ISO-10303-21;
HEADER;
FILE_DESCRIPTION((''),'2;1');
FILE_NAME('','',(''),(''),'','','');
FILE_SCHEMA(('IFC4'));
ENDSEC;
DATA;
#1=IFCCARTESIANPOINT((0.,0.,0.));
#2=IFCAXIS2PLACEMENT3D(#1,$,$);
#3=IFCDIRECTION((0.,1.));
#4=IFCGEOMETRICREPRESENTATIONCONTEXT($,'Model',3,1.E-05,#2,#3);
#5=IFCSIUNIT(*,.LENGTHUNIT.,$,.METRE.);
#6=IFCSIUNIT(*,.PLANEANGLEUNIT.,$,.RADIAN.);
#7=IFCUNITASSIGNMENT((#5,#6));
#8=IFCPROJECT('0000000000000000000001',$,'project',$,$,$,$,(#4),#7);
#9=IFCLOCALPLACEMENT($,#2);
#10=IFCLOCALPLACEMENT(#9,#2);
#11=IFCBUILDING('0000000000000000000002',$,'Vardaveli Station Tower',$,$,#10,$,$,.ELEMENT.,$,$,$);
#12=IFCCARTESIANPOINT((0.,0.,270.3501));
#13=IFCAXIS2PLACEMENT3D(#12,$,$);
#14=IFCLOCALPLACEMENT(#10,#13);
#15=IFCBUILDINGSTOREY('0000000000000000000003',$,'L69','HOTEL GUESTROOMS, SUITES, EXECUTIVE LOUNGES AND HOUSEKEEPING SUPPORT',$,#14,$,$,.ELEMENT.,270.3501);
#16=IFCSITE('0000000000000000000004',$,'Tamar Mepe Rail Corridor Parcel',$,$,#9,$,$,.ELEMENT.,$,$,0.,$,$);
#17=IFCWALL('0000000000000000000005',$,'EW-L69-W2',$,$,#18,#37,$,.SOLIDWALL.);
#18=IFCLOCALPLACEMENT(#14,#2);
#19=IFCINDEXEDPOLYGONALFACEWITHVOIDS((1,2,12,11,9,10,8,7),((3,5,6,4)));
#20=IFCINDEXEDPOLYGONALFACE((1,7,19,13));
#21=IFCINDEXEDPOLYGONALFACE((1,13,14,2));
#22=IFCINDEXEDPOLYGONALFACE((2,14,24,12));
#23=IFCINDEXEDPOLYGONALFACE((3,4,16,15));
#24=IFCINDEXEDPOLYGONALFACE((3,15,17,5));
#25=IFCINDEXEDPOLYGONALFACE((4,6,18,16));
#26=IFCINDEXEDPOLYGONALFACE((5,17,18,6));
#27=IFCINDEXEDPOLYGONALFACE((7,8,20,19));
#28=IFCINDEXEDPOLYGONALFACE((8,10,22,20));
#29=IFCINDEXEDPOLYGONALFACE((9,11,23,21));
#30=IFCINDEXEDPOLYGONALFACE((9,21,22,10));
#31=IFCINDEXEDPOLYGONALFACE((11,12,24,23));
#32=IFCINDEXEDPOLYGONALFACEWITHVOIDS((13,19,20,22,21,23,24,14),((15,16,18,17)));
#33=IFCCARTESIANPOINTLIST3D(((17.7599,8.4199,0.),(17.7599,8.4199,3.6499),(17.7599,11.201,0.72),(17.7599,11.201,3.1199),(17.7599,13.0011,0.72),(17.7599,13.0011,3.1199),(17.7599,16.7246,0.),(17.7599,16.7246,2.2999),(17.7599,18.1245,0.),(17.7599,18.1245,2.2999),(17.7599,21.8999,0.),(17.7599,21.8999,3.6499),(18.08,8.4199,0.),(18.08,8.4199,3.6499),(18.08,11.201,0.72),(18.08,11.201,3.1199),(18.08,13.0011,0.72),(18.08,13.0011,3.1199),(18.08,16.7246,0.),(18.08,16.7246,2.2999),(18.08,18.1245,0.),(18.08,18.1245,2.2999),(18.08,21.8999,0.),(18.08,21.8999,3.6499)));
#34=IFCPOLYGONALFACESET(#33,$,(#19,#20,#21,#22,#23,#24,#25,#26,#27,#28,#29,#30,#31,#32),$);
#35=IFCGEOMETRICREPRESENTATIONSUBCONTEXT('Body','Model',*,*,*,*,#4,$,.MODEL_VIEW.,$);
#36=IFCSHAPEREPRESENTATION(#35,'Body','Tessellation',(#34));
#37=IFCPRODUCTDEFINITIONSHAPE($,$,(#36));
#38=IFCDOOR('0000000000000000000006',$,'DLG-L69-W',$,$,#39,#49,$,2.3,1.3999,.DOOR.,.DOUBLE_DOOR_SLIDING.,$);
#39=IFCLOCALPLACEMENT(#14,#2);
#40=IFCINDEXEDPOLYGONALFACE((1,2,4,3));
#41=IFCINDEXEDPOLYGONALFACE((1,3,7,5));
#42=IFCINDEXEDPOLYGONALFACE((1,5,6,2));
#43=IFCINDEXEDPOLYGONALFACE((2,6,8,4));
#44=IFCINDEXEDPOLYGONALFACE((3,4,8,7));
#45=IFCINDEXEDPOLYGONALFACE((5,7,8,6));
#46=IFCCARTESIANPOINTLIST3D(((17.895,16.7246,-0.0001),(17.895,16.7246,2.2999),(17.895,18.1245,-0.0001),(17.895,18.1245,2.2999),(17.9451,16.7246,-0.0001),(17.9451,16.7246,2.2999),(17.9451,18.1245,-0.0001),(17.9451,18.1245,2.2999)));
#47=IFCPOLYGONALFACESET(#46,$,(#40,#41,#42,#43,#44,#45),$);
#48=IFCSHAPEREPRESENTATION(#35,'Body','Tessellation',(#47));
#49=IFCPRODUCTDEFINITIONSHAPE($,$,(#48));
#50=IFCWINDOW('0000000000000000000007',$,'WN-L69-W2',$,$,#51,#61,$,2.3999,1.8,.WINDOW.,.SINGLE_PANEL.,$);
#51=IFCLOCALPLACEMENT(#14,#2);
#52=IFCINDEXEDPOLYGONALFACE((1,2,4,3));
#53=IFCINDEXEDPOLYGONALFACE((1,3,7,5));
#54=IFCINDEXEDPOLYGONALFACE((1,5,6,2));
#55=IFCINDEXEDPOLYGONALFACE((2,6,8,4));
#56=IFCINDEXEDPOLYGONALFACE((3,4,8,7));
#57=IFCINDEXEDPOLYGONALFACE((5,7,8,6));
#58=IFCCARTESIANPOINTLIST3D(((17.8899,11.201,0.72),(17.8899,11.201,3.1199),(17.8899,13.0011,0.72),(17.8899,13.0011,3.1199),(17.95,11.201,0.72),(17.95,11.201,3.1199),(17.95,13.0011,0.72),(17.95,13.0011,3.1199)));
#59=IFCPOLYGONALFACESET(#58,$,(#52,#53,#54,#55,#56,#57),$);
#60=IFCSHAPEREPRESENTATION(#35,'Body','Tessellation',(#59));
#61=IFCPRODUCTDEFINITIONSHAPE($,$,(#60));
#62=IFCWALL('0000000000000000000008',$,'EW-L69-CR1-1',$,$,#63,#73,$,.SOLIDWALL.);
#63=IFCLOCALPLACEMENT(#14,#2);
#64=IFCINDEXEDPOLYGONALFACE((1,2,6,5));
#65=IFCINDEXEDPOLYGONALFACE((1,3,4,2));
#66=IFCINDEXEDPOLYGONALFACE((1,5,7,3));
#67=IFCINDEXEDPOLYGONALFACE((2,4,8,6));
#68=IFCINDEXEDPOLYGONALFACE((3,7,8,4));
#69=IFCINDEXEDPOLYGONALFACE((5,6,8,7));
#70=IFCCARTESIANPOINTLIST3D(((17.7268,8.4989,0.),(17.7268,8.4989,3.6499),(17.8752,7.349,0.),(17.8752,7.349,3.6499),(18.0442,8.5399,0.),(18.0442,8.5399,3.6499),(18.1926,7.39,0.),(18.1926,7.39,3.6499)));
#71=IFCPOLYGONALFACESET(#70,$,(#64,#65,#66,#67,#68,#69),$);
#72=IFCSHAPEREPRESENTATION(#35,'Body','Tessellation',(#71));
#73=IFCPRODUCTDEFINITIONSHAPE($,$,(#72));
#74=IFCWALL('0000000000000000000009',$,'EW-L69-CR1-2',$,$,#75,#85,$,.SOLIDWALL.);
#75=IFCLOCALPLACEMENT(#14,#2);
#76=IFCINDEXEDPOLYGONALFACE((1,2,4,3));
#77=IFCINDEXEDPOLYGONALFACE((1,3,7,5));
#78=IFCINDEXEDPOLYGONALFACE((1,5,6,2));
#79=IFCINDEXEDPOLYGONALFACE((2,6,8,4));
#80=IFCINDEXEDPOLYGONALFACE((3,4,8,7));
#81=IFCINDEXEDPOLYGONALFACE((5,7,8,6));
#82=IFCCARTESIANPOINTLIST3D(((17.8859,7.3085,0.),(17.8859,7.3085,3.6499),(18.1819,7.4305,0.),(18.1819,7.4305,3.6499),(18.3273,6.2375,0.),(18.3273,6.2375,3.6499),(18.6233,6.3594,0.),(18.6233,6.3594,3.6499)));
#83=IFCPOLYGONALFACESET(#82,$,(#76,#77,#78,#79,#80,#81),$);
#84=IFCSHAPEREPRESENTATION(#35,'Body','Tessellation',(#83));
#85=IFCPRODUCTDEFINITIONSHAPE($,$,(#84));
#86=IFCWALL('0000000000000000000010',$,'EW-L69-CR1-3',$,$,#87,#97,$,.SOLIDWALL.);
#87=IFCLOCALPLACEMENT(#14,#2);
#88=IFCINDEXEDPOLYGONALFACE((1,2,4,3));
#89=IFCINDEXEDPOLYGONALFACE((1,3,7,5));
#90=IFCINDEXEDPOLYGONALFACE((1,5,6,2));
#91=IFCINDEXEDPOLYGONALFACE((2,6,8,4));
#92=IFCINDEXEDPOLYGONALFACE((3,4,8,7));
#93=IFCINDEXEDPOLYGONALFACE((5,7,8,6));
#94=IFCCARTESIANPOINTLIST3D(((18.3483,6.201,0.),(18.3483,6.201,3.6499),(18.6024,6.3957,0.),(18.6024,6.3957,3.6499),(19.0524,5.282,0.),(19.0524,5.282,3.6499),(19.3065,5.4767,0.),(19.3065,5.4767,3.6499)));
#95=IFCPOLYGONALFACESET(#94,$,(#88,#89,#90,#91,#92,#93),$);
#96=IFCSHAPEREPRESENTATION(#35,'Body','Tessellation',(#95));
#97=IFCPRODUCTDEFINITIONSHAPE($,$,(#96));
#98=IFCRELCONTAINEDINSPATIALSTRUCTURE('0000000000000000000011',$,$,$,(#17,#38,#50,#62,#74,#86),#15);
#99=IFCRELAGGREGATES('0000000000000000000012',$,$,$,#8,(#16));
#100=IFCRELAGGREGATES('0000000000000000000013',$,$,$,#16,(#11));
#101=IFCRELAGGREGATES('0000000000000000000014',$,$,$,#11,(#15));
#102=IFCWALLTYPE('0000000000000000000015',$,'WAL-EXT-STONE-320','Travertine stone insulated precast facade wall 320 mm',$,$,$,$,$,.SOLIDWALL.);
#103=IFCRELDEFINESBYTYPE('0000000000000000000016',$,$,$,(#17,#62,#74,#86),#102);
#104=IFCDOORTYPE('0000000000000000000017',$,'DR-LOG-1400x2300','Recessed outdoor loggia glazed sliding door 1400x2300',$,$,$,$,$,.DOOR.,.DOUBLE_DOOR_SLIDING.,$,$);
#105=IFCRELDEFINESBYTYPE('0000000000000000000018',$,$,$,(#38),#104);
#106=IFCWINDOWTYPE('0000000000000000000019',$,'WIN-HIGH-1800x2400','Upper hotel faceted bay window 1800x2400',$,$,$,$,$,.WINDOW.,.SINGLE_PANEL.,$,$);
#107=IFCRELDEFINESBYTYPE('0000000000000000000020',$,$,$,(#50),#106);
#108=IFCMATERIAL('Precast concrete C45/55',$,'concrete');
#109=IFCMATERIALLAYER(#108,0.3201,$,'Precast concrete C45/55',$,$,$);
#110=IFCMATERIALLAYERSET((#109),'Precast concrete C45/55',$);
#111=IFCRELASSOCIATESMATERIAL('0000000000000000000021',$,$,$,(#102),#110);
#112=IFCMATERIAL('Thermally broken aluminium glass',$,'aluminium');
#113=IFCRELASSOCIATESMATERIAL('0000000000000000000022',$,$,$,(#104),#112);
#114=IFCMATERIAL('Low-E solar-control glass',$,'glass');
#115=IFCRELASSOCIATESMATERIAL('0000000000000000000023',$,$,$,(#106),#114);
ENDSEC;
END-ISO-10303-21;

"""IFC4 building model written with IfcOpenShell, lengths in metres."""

from ifc_helpers import new_model, si_unit, direction, frame, frame_2d, origin, place, context, subcontext, project, spatial, rectangle, extrude, source, transform, mapped, material, layer, layer_set, type_object, element, fill, save


model = new_model("IFC4")

# Units and contexts
model_context = context("Model", 3, precision=1e-05, world=origin(), true_north=direction((0.0, 1.0)))
body_context = subcontext(model_context, "Body", "Model", "MODEL_VIEW")
ifc_project = project(units=[si_unit("LENGTHUNIT", "METRE"), si_unit("PLANEANGLEUNIT", "RADIAN")], contexts=[model_context])

# Site, building, storey
site_placement = place(None, origin())
site = spatial("IfcSite", under=ifc_project, at=site_placement, Name="Tamar Mepe Rail Corridor Parcel", CompositionType="ELEMENT", RefElevation=0.0)
building_placement = place(site_placement, origin())
building = spatial("IfcBuilding", under=site, at=building_placement, Name="Vardaveli Station Tower", CompositionType="ELEMENT")
storey_placement = place(building_placement, frame((0.0, 0.0, 270.3501)))
storey = spatial("IfcBuildingStorey", under=building, at=storey_placement, Name="L69", Description="HOTEL GUESTROOMS, SUITES, EXECUTIVE LOUNGES AND HOUSEKEEPING SUPPORT", CompositionType="ELEMENT", Elevation=270.3501)

# Shared definitions
ifc_material_1 = material(Name="Precast concrete C45/55", Category="concrete")

# Wall, openings, door, window
ifc_layer_1 = layer(ifc_material_1, 0.3201, Name="Precast concrete C45/55")
ifc_layer_set_1 = layer_set([ifc_layer_1], Name="Precast concrete C45/55")
wall_type_1 = type_object("IfcWallType", Name="WAL-EXT-STONE-320", Description="Travertine stone insulated precast facade wall 320 mm", PredefinedType="SOLIDWALL", material=ifc_layer_set_1)
shared_shape_1 = source(origin(), body_context, "Body", "SweptSolid", [
    extrude(rectangle(XDim=13.48, YDim=0.3201, at=frame_2d((6.74, 0.0))), origin(), (0.0, 0.0, 1.0), 3.6499),
])
wall_1_placement = place(storey_placement, frame((17.9199, 21.8999, 0.0), z_axis=(0.0, 0.0, 1.0), x_axis=(0.0, -1.0, 0.0)))
wall_1 = element("IfcWall", 1, at=wall_1_placement, inside=storey, type_object=wall_type_1, Name="EW-L69-W2", PredefinedType="SOLIDWALL", context=body_context, shape_type="MappedRepresentation", body=[
    mapped(shared_shape_1, transform((0.0, 0.0, 0.0), scale=1.0)),
])
shared_shape_2 = source(origin(), body_context, "Body", "SweptSolid", [
    extrude(rectangle(XDim=1.3999, YDim=2.3, at=frame_2d((0.7, 1.1499))), frame((0.0, 0.1699, 0.0), z_axis=(0.0, -1.0, 0.0), x_axis=(1.0, 0.0, 0.0)), (0.0, 0.0, 1.0), 0.3401),
])
opening_1_placement = place(wall_1_placement, frame((3.7754, 0.0, 0.0)))
opening_1 = element("IfcOpeningElement", 2, at=opening_1_placement, cuts=wall_1, PredefinedType="OPENING", context=body_context, shape_type="MappedRepresentation", body=[
    mapped(shared_shape_2, transform((0.0, 0.0, 0.0), scale=1.0)),
])
shared_shape_3 = source(origin(), body_context, "Body", "SweptSolid", [
    extrude(rectangle(XDim=1.8, YDim=2.3999, at=frame_2d((0.8999, 1.2))), frame((0.0, 0.1699, 0.0), z_axis=(0.0, -1.0, 0.0), x_axis=(1.0, 0.0, 0.0)), (0.0, 0.0, 1.0), 0.3401),
])
opening_2_placement = place(wall_1_placement, frame((8.8989, 0.0, 0.72)))
opening_2 = element("IfcOpeningElement", 3, at=opening_2_placement, cuts=wall_1, PredefinedType="OPENING", context=body_context, shape_type="MappedRepresentation", body=[
    mapped(shared_shape_3, transform((0.0, 0.0, 0.0), scale=1.0)),
])
ifc_material_2 = material(Name="Thermally broken aluminium glass", Category="aluminium")
door_type_1 = type_object("IfcDoorType", Name="DR-LOG-1400x2300", Description="Recessed outdoor loggia glazed sliding door 1400x2300", OperationType="DOUBLE_DOOR_SLIDING", PredefinedType="DOOR", material=ifc_material_2)
shared_shape_4 = source(origin(), body_context, "Body", "SweptSolid", [
    extrude(rectangle(XDim=1.3999, YDim=2.3, at=frame_2d((0.7, 1.1499))), frame((0.0, 0.0249, 0.0), z_axis=(0.0, -1.0, 0.0), x_axis=(1.0, 0.0, 0.0)), (0.0, 0.0, 1.0), 0.05),
])
door_1_placement = place(opening_1_placement, frame((1.3999, 0.0, 0.0), z_axis=(0.0, 0.0, 1.0), x_axis=(-1.0, 0.0, 0.0)))
door_1 = element("IfcDoor", 4, at=door_1_placement, inside=storey, type_object=door_type_1, Name="DLG-L69-W", OperationType="DOUBLE_DOOR_SLIDING", OverallHeight=2.3, OverallWidth=1.3999, PredefinedType="DOOR", context=body_context, shape_type="MappedRepresentation", body=[
    mapped(shared_shape_4, transform((0.0, 0.0, 0.0), scale=1.0)),
])
fill(opening_1, door_1)
ifc_material_3 = material(Name="Low-E solar-control glass", Category="glass")
window_type = type_object("IfcWindowType", Name="WIN-HIGH-1800x2400", Description="Upper hotel faceted bay window 1800x2400", PartitioningType="SINGLE_PANEL", PredefinedType="WINDOW", material=ifc_material_3)
shared_shape_5 = source(origin(), body_context, "Body", "SweptSolid", [
    extrude(rectangle(XDim=1.8, YDim=2.3999, at=frame_2d((0.8999, 1.2))), frame((0.0, 0.03, 0.0), z_axis=(0.0, -1.0, 0.0), x_axis=(1.0, 0.0, 0.0)), (0.0, 0.0, 1.0), 0.0601),
])
window_placement = place(opening_2_placement, origin())
window = element("IfcWindow", 5, at=window_placement, inside=storey, type_object=window_type, Name="WN-L69-W2", OverallHeight=2.3999, OverallWidth=1.8, PartitioningType="SINGLE_PANEL", PredefinedType="WINDOW", context=body_context, shape_type="MappedRepresentation", body=[
    mapped(shared_shape_5, transform((0.0, 0.0, 0.0), scale=1.0)),
])
fill(opening_2, window)

# Walls
shared_shape_6 = source(origin(), body_context, "Body", "SweptSolid", [
    extrude(rectangle(XDim=1.1594, YDim=0.3201, at=frame_2d((0.5796, 0.0))), origin(), (0.0, 0.0, 1.0), 3.6499),
])
wall_2_placement = place(storey_placement, frame((17.8855, 8.5193, 0.0), z_axis=(0.0, 0.0, 1.0), x_axis=(0.128025, -0.991771, 0.0)))
element("IfcWall", 6, at=wall_2_placement, inside=storey, type_object=wall_type_1, Name="EW-L69-CR1-1", PredefinedType="SOLIDWALL", context=body_context, shape_type="MappedRepresentation", body=[
    mapped(shared_shape_6, transform((0.0, 0.0, 0.0), scale=1.0)),
])
shared_shape_7 = source(origin(), body_context, "Body", "SweptSolid", [
    extrude(rectangle(XDim=1.1584, YDim=0.3201, at=frame_2d((0.5791, 0.0))), origin(), (0.0, 0.0, 1.0), 3.6499),
])
wall_3_placement = place(storey_placement, frame((18.0339, 7.3694, 0.0), z_axis=(0.0, 0.0, 1.0), x_axis=(0.381036, -0.92456, 0.0)))
element("IfcWall", 7, at=wall_3_placement, inside=storey, type_object=wall_type_1, Name="EW-L69-CR1-2", PredefinedType="SOLIDWALL", context=body_context, shape_type="MappedRepresentation", body=[
    mapped(shared_shape_7, transform((0.0, 0.0, 0.0), scale=1.0)),
])
shared_shape_8 = source(origin(), body_context, "Body", "SweptSolid", [
    extrude(rectangle(XDim=1.1577, YDim=0.3201, at=frame_2d((0.5789, 0.0))), origin(), (0.0, 0.0, 1.0), 3.6499),
])
wall_4_placement = place(storey_placement, frame((18.4753, 6.2983, 0.0), z_axis=(0.0, 0.0, 1.0), x_axis=(0.608201, -0.793783, 0.0)))
element("IfcWall", 8, at=wall_4_placement, inside=storey, type_object=wall_type_1, Name="EW-L69-CR1-3", PredefinedType="SOLIDWALL", context=body_context, shape_type="MappedRepresentation", body=[
    mapped(shared_shape_8, transform((0.0, 0.0, 0.0), scale=1.0)),
])

save(model, "model.ifc")
